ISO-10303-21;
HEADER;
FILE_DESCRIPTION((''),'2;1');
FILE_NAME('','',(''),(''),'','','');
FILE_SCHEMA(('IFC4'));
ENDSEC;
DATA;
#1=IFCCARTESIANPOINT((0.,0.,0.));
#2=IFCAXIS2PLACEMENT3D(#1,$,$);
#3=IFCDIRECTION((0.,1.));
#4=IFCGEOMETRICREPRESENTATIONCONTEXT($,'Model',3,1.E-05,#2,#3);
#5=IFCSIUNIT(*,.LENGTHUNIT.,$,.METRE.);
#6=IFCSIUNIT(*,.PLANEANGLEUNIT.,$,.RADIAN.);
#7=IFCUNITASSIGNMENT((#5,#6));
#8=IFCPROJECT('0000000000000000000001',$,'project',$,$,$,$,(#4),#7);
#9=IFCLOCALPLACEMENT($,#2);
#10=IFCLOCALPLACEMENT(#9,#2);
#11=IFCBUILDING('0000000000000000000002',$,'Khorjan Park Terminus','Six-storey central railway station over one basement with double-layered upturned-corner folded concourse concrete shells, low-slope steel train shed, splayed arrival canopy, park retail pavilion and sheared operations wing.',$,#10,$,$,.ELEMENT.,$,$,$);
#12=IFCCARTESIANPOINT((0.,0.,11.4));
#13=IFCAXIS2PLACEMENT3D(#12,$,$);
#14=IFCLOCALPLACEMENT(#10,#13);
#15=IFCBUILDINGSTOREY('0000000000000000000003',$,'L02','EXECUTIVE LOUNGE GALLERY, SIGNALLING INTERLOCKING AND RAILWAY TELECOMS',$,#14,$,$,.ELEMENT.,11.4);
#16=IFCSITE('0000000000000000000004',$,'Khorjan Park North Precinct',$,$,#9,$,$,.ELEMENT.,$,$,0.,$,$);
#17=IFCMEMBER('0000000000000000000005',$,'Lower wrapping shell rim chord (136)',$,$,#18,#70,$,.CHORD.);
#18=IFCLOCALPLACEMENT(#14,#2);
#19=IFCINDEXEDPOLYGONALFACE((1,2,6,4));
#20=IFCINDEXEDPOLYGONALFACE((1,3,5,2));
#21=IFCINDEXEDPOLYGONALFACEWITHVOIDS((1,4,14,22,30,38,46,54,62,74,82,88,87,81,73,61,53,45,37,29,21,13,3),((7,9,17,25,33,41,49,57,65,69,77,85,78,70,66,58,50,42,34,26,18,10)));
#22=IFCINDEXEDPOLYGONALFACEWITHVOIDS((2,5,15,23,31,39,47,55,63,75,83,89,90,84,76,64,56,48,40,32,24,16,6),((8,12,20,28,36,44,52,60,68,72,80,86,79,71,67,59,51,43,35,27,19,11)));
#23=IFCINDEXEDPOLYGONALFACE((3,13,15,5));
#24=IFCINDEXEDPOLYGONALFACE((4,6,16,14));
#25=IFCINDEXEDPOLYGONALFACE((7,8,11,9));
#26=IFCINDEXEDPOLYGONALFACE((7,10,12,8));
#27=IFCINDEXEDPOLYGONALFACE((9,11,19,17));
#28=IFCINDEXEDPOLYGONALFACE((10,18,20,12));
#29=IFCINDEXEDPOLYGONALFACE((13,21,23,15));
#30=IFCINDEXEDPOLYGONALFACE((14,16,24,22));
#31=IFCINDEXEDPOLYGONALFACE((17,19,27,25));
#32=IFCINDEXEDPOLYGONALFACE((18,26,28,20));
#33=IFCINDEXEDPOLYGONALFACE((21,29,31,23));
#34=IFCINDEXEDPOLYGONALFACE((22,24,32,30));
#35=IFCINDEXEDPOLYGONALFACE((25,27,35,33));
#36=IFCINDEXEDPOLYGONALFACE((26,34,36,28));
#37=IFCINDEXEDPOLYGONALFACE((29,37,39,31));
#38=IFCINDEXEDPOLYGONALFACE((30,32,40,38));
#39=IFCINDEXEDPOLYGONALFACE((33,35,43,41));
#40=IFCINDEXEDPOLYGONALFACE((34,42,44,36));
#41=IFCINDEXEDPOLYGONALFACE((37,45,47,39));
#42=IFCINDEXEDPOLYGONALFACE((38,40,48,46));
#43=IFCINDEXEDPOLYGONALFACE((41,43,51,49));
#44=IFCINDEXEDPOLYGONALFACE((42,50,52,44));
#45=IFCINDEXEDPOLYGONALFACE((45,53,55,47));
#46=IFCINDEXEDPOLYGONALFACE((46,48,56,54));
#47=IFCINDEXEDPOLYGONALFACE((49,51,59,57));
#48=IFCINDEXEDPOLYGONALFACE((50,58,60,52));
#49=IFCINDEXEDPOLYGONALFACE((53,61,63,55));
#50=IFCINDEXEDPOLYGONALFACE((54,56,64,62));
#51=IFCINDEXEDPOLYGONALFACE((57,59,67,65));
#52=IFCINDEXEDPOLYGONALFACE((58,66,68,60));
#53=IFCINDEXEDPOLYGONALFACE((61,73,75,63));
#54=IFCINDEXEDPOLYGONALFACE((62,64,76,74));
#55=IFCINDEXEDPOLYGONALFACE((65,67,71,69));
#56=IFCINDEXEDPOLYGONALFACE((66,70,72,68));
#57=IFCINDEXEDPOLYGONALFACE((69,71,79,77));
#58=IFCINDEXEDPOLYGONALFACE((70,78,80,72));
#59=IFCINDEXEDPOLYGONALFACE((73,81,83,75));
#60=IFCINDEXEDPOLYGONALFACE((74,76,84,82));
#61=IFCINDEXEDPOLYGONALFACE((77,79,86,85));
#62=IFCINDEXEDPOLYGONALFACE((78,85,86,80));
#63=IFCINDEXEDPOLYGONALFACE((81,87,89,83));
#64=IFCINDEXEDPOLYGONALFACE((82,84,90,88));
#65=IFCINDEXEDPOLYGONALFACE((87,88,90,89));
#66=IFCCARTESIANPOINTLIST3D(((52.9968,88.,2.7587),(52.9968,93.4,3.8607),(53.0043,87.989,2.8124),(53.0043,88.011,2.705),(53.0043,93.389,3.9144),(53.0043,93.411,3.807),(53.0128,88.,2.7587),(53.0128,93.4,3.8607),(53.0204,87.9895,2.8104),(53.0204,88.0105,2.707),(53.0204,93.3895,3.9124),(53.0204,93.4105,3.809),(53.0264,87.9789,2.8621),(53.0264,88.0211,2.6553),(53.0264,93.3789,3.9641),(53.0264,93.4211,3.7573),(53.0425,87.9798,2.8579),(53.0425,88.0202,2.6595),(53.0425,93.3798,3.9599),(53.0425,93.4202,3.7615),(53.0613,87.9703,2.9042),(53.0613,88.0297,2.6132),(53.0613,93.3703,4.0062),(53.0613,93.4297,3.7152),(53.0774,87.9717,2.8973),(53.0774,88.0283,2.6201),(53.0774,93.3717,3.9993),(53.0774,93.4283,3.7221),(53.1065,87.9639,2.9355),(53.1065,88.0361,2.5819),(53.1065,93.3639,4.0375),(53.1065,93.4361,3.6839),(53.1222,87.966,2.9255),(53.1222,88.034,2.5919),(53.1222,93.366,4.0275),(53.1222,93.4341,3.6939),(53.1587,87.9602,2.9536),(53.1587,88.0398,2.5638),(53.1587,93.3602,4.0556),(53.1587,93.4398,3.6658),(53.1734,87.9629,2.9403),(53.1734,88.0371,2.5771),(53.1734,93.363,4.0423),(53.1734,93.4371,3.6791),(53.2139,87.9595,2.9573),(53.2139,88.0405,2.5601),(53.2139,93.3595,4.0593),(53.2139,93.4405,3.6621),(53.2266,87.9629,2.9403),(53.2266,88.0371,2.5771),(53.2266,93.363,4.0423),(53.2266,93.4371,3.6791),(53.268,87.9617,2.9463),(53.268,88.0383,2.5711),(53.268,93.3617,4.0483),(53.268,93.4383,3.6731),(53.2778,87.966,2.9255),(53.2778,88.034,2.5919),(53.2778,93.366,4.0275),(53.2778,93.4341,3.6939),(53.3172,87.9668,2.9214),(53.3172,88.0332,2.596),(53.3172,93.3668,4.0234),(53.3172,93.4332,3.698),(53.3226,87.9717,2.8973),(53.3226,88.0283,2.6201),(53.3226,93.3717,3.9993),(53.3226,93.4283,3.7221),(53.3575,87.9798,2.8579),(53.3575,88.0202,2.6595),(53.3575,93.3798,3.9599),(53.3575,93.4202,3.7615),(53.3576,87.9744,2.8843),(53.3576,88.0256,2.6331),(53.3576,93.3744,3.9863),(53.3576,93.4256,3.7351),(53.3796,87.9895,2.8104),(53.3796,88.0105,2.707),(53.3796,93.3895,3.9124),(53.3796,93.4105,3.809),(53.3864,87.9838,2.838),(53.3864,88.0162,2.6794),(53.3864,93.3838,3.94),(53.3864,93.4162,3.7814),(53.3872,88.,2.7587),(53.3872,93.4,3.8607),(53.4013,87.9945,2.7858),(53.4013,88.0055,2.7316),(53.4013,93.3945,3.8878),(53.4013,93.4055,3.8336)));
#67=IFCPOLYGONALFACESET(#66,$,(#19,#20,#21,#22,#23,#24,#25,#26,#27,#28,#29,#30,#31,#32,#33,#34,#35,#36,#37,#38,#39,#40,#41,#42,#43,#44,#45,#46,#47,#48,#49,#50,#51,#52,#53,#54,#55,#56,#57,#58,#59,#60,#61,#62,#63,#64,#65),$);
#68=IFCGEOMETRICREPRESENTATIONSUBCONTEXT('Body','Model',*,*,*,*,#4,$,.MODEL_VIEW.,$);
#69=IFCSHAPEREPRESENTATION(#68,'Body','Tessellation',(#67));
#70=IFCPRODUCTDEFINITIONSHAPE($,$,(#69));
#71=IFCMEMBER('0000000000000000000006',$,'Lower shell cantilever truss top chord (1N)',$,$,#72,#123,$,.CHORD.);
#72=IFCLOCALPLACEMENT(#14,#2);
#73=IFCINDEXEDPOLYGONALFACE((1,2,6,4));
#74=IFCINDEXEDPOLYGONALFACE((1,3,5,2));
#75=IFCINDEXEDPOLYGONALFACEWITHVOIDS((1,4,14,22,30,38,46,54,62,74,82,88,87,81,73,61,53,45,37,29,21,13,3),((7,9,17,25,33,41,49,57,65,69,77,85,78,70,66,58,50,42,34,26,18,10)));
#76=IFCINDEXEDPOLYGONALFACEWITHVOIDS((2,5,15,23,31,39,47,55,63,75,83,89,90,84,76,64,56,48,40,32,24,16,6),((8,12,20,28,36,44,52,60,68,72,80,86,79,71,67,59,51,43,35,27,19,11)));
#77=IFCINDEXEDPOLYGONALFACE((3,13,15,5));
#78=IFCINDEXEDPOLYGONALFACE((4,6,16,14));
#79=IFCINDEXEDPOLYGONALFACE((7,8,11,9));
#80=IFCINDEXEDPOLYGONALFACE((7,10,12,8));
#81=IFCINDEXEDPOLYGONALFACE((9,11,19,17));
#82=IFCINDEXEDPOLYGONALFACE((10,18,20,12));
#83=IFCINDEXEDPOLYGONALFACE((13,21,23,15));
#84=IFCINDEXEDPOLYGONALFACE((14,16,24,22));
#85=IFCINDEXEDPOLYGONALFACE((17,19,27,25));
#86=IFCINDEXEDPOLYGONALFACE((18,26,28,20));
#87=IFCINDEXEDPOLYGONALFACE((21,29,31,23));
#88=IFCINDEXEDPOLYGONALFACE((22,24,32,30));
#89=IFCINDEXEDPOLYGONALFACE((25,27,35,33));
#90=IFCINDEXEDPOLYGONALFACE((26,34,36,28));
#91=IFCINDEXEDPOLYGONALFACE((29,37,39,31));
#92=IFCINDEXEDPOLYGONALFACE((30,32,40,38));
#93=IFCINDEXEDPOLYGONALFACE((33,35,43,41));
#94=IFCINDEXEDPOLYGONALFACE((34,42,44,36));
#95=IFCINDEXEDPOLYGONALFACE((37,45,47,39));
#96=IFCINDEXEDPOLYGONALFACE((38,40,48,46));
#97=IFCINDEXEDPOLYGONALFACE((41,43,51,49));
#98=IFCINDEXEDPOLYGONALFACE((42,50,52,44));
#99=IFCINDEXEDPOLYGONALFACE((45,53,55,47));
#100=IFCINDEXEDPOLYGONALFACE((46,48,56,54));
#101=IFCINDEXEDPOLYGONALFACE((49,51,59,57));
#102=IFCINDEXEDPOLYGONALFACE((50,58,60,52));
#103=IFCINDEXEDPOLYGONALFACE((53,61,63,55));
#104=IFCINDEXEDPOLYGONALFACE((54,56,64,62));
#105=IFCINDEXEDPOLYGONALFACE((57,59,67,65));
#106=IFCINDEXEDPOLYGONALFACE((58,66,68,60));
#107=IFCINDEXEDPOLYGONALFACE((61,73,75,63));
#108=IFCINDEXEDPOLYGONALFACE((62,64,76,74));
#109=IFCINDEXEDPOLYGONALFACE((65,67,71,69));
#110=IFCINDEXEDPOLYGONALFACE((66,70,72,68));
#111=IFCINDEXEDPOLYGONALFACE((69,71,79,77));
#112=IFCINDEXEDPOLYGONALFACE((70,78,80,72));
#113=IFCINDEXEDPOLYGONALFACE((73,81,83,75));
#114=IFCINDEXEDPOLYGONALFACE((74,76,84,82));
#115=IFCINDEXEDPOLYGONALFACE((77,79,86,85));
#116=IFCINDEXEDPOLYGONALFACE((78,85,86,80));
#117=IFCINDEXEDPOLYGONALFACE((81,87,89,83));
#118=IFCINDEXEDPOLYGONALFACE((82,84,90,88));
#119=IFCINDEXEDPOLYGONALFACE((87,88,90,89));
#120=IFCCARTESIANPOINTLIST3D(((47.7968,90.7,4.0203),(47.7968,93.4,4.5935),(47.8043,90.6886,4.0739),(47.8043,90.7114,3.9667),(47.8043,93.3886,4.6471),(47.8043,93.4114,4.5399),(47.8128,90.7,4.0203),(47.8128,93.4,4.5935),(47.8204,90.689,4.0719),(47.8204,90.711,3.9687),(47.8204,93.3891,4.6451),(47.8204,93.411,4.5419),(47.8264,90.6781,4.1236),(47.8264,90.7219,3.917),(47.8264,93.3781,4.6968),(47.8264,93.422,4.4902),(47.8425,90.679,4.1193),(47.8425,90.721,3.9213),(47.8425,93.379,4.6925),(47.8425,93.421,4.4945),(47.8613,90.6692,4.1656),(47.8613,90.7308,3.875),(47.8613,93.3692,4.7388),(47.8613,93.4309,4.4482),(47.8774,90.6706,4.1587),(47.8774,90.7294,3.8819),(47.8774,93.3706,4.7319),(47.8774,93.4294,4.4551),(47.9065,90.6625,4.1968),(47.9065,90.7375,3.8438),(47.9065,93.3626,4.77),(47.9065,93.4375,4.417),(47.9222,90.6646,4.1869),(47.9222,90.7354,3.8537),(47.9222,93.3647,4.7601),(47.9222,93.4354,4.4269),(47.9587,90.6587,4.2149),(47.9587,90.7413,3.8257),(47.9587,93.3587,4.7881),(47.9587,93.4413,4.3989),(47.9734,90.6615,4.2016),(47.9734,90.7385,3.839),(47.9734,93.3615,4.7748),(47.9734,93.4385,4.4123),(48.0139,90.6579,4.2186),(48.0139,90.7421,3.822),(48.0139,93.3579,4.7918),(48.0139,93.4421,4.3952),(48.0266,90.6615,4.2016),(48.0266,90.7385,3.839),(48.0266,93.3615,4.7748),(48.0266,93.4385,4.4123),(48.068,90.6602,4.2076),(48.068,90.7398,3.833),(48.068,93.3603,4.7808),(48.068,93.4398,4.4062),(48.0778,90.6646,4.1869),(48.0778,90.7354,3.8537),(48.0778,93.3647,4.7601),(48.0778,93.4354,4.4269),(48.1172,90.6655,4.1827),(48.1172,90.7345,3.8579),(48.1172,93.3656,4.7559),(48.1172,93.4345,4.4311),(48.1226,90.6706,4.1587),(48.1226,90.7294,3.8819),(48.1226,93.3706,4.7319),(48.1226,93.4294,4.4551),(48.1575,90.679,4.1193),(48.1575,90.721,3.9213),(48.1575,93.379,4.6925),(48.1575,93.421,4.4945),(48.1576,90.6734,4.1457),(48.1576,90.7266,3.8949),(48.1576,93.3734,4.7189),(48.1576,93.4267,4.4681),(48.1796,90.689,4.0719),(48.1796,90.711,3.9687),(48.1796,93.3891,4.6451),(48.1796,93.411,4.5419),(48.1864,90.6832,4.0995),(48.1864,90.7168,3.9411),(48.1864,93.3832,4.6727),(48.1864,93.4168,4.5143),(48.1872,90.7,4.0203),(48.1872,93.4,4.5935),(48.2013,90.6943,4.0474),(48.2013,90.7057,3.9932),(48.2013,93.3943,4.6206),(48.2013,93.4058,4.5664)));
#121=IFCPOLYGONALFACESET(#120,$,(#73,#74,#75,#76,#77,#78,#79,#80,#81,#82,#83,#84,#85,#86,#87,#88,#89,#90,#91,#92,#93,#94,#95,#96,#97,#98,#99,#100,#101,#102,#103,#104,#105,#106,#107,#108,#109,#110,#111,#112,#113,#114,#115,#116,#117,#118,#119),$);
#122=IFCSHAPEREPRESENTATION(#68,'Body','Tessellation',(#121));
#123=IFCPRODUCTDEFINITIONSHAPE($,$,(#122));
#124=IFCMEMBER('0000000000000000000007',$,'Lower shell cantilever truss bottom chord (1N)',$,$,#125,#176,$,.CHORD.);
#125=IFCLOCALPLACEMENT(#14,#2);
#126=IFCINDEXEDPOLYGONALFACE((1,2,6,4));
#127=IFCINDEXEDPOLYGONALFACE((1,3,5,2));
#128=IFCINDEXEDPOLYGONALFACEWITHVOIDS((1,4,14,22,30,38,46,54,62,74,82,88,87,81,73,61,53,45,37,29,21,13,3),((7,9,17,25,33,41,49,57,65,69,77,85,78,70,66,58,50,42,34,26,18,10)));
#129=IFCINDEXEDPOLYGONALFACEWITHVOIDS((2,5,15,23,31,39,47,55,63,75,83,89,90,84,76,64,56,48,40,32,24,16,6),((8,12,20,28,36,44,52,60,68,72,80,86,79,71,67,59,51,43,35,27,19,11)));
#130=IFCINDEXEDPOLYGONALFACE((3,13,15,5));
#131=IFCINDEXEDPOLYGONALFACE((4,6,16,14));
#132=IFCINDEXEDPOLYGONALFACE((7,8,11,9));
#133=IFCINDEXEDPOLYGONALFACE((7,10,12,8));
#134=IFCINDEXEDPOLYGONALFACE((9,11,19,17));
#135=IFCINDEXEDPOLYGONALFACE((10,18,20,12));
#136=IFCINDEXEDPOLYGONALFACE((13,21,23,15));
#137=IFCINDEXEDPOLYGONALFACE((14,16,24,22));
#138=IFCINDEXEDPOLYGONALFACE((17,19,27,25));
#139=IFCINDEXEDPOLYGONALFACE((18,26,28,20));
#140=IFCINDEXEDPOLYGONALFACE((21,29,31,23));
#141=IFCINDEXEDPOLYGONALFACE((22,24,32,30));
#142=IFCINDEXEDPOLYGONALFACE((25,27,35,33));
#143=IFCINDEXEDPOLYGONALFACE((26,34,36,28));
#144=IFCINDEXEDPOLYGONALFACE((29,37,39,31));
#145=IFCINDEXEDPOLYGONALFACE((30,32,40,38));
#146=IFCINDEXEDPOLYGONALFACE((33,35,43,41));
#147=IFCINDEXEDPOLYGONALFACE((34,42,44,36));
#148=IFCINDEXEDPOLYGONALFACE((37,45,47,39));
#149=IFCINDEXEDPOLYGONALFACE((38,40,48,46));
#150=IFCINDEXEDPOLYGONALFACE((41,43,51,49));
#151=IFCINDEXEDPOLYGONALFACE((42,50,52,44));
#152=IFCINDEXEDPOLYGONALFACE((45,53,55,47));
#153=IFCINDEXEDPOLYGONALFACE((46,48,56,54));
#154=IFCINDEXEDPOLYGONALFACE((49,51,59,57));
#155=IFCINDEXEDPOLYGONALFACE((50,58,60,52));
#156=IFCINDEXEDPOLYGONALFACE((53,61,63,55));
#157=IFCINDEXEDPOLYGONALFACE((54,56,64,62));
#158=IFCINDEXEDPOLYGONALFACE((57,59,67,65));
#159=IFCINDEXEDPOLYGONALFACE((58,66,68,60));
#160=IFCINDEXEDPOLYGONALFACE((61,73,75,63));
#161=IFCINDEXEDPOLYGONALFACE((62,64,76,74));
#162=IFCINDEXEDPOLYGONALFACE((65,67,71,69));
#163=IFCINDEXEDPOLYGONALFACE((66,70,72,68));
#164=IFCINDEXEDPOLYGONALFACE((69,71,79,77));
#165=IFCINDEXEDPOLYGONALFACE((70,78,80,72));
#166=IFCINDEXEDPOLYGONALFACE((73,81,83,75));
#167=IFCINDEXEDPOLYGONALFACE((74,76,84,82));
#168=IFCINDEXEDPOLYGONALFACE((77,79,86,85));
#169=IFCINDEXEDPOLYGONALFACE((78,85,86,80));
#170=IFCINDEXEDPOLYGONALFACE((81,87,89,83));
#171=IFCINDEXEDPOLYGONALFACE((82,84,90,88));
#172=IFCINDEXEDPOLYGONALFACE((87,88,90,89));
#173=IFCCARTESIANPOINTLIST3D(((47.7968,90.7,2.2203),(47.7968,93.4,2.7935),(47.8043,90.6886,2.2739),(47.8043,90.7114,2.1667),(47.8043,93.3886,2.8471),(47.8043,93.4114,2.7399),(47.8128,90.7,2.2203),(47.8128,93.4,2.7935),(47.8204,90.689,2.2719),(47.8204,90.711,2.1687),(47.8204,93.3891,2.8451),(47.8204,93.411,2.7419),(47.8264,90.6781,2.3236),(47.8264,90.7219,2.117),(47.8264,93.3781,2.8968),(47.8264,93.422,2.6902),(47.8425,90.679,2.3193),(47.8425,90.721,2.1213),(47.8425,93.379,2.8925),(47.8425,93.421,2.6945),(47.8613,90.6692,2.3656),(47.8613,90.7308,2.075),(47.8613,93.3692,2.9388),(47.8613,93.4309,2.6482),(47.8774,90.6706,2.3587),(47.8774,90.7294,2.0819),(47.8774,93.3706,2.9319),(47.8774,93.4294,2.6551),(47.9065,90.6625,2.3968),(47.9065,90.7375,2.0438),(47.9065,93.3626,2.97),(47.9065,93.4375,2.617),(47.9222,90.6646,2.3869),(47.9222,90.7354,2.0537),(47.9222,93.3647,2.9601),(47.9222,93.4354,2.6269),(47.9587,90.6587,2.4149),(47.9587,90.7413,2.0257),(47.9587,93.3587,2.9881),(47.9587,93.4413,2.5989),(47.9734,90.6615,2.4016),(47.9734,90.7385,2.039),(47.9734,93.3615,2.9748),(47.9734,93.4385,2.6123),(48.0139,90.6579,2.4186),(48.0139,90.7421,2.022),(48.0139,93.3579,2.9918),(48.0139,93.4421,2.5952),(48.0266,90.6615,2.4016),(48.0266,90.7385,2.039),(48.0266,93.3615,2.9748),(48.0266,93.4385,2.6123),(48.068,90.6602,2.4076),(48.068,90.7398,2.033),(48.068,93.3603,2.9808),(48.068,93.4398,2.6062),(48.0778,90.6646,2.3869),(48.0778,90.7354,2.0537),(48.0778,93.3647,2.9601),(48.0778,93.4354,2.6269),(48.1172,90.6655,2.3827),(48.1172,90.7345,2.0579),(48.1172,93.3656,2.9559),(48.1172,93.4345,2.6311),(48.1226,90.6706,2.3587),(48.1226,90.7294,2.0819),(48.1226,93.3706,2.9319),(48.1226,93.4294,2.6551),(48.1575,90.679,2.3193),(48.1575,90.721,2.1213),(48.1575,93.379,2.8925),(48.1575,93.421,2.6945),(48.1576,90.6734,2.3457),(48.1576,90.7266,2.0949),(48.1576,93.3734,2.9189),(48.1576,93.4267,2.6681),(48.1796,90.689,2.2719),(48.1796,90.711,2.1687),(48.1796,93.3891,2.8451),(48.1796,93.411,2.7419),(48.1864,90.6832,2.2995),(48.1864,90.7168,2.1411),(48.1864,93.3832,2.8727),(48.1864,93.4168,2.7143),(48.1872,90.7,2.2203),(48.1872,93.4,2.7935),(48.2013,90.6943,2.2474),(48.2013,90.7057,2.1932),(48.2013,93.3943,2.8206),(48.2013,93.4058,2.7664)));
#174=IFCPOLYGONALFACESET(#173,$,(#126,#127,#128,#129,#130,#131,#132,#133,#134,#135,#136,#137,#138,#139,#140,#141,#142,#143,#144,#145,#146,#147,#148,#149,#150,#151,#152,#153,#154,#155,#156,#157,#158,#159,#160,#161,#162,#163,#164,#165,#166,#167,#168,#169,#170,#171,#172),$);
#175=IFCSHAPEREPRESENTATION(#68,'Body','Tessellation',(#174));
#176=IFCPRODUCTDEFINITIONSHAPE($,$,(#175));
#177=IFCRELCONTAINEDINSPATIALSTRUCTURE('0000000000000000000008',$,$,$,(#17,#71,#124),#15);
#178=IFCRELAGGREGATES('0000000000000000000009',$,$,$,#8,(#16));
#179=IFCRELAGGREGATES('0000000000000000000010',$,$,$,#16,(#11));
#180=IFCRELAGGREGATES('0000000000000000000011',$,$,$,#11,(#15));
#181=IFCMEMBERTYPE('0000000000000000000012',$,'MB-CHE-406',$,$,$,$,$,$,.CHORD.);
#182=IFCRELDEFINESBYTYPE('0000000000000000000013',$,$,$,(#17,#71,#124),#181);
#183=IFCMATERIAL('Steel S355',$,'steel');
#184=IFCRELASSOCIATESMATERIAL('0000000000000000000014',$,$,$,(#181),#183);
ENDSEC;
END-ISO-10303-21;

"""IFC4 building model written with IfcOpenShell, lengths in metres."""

from ifc_helpers import new_model, si_unit, direction, frame, origin, origin_2d, place, context, subcontext, project, spatial, hollow_circle, extrude, material, material_profile, profile_set, type_object, element, save


model = new_model("IFC4")

# Units and contexts
model_context = context("Model", 3, precision=1e-05, world=origin(), true_north=direction((0.0, 1.0)))
body_context = subcontext(model_context, "Body", "Model", "MODEL_VIEW")
ifc_project = project(units=[si_unit("LENGTHUNIT", "METRE"), si_unit("PLANEANGLEUNIT", "RADIAN")], contexts=[model_context])

# Site, building, storey
site_placement = place(None, origin())
site = spatial("IfcSite", under=ifc_project, at=site_placement, Name="Khorjan Park North Precinct", CompositionType="ELEMENT", RefElevation=0.0)
building_placement = place(site_placement, origin())
building = spatial("IfcBuilding", under=site, at=building_placement, Name="Khorjan Park Terminus", Description="Six-storey central railway station over one basement with double-layered upturned-corner folded concourse concrete shells, low-slope steel train shed, splayed arrival canopy, park retail pavilion and sheared operations wing.", CompositionType="ELEMENT")
storey_placement = place(building_placement, frame((0.0, 0.0, 11.4)))
storey = spatial("IfcBuildingStorey", under=building, at=storey_placement, Name="L02", Description="EXECUTIVE LOUNGE GALLERY, SIGNALLING INTERLOCKING AND RAILWAY TELECOMS", CompositionType="ELEMENT", Elevation=11.4)

# Members
ifc_material_1 = material(Name="Steel S355", Category="steel")
ifc_material_profile_1 = material_profile(ifc_material_1, hollow_circle(Radius=0.2032, WallThickness=0.016, at=origin_2d()), Name="CHS 406.4x16")
ifc_profile_set_1 = profile_set([ifc_material_profile_1], Name="Steel S355")
member_type_1 = type_object("IfcMemberType", Name="MB-CHE-406", PredefinedType="CHORD", material=ifc_profile_set_1)
member_1_placement = place(storey_placement, frame((53.2, 88.0, 2.7587), z_axis=(0.0, 0.979806, 0.199953), x_axis=(-1.0, 0.0, 0.0)))
element("IfcMember", 1, at=member_1_placement, inside=storey, type_object=member_type_1, Name="Lower wrapping shell rim chord (136)", PredefinedType="CHORD", context=body_context, shape_type="SweptSolid", body=[
    extrude(hollow_circle(Radius=0.2032, WallThickness=0.016, at=origin_2d()), origin(), (0.0, 0.0, 1.0), 5.5113),
])
for number, where, z_axis, x_axis, name in (
    (2, (48.0, 90.7, 4.0203), (0.0, 0.978199, 0.207668), (-1.0, 0.0, 0.0), "Lower shell cantilever truss top chord (1N)"),
    (3, (48.0, 90.7, 2.2203), (0.0, 0.978199, 0.207668), (-1.0, 0.0, 0.0), "Lower shell cantilever truss bottom chord (1N)"),
):
    element("IfcMember", number, at=place(storey_placement, frame(where, z_axis=z_axis, x_axis=x_axis)), inside=storey, type_object=member_type_1, Name=name, PredefinedType="CHORD", context=body_context, shape_type="SweptSolid", body=[
        extrude(hollow_circle(Radius=0.2032, WallThickness=0.016, at=origin_2d()), origin(), (0.0, 0.0, 1.0), 2.7602),
    ])

save(model, "model.ifc")
